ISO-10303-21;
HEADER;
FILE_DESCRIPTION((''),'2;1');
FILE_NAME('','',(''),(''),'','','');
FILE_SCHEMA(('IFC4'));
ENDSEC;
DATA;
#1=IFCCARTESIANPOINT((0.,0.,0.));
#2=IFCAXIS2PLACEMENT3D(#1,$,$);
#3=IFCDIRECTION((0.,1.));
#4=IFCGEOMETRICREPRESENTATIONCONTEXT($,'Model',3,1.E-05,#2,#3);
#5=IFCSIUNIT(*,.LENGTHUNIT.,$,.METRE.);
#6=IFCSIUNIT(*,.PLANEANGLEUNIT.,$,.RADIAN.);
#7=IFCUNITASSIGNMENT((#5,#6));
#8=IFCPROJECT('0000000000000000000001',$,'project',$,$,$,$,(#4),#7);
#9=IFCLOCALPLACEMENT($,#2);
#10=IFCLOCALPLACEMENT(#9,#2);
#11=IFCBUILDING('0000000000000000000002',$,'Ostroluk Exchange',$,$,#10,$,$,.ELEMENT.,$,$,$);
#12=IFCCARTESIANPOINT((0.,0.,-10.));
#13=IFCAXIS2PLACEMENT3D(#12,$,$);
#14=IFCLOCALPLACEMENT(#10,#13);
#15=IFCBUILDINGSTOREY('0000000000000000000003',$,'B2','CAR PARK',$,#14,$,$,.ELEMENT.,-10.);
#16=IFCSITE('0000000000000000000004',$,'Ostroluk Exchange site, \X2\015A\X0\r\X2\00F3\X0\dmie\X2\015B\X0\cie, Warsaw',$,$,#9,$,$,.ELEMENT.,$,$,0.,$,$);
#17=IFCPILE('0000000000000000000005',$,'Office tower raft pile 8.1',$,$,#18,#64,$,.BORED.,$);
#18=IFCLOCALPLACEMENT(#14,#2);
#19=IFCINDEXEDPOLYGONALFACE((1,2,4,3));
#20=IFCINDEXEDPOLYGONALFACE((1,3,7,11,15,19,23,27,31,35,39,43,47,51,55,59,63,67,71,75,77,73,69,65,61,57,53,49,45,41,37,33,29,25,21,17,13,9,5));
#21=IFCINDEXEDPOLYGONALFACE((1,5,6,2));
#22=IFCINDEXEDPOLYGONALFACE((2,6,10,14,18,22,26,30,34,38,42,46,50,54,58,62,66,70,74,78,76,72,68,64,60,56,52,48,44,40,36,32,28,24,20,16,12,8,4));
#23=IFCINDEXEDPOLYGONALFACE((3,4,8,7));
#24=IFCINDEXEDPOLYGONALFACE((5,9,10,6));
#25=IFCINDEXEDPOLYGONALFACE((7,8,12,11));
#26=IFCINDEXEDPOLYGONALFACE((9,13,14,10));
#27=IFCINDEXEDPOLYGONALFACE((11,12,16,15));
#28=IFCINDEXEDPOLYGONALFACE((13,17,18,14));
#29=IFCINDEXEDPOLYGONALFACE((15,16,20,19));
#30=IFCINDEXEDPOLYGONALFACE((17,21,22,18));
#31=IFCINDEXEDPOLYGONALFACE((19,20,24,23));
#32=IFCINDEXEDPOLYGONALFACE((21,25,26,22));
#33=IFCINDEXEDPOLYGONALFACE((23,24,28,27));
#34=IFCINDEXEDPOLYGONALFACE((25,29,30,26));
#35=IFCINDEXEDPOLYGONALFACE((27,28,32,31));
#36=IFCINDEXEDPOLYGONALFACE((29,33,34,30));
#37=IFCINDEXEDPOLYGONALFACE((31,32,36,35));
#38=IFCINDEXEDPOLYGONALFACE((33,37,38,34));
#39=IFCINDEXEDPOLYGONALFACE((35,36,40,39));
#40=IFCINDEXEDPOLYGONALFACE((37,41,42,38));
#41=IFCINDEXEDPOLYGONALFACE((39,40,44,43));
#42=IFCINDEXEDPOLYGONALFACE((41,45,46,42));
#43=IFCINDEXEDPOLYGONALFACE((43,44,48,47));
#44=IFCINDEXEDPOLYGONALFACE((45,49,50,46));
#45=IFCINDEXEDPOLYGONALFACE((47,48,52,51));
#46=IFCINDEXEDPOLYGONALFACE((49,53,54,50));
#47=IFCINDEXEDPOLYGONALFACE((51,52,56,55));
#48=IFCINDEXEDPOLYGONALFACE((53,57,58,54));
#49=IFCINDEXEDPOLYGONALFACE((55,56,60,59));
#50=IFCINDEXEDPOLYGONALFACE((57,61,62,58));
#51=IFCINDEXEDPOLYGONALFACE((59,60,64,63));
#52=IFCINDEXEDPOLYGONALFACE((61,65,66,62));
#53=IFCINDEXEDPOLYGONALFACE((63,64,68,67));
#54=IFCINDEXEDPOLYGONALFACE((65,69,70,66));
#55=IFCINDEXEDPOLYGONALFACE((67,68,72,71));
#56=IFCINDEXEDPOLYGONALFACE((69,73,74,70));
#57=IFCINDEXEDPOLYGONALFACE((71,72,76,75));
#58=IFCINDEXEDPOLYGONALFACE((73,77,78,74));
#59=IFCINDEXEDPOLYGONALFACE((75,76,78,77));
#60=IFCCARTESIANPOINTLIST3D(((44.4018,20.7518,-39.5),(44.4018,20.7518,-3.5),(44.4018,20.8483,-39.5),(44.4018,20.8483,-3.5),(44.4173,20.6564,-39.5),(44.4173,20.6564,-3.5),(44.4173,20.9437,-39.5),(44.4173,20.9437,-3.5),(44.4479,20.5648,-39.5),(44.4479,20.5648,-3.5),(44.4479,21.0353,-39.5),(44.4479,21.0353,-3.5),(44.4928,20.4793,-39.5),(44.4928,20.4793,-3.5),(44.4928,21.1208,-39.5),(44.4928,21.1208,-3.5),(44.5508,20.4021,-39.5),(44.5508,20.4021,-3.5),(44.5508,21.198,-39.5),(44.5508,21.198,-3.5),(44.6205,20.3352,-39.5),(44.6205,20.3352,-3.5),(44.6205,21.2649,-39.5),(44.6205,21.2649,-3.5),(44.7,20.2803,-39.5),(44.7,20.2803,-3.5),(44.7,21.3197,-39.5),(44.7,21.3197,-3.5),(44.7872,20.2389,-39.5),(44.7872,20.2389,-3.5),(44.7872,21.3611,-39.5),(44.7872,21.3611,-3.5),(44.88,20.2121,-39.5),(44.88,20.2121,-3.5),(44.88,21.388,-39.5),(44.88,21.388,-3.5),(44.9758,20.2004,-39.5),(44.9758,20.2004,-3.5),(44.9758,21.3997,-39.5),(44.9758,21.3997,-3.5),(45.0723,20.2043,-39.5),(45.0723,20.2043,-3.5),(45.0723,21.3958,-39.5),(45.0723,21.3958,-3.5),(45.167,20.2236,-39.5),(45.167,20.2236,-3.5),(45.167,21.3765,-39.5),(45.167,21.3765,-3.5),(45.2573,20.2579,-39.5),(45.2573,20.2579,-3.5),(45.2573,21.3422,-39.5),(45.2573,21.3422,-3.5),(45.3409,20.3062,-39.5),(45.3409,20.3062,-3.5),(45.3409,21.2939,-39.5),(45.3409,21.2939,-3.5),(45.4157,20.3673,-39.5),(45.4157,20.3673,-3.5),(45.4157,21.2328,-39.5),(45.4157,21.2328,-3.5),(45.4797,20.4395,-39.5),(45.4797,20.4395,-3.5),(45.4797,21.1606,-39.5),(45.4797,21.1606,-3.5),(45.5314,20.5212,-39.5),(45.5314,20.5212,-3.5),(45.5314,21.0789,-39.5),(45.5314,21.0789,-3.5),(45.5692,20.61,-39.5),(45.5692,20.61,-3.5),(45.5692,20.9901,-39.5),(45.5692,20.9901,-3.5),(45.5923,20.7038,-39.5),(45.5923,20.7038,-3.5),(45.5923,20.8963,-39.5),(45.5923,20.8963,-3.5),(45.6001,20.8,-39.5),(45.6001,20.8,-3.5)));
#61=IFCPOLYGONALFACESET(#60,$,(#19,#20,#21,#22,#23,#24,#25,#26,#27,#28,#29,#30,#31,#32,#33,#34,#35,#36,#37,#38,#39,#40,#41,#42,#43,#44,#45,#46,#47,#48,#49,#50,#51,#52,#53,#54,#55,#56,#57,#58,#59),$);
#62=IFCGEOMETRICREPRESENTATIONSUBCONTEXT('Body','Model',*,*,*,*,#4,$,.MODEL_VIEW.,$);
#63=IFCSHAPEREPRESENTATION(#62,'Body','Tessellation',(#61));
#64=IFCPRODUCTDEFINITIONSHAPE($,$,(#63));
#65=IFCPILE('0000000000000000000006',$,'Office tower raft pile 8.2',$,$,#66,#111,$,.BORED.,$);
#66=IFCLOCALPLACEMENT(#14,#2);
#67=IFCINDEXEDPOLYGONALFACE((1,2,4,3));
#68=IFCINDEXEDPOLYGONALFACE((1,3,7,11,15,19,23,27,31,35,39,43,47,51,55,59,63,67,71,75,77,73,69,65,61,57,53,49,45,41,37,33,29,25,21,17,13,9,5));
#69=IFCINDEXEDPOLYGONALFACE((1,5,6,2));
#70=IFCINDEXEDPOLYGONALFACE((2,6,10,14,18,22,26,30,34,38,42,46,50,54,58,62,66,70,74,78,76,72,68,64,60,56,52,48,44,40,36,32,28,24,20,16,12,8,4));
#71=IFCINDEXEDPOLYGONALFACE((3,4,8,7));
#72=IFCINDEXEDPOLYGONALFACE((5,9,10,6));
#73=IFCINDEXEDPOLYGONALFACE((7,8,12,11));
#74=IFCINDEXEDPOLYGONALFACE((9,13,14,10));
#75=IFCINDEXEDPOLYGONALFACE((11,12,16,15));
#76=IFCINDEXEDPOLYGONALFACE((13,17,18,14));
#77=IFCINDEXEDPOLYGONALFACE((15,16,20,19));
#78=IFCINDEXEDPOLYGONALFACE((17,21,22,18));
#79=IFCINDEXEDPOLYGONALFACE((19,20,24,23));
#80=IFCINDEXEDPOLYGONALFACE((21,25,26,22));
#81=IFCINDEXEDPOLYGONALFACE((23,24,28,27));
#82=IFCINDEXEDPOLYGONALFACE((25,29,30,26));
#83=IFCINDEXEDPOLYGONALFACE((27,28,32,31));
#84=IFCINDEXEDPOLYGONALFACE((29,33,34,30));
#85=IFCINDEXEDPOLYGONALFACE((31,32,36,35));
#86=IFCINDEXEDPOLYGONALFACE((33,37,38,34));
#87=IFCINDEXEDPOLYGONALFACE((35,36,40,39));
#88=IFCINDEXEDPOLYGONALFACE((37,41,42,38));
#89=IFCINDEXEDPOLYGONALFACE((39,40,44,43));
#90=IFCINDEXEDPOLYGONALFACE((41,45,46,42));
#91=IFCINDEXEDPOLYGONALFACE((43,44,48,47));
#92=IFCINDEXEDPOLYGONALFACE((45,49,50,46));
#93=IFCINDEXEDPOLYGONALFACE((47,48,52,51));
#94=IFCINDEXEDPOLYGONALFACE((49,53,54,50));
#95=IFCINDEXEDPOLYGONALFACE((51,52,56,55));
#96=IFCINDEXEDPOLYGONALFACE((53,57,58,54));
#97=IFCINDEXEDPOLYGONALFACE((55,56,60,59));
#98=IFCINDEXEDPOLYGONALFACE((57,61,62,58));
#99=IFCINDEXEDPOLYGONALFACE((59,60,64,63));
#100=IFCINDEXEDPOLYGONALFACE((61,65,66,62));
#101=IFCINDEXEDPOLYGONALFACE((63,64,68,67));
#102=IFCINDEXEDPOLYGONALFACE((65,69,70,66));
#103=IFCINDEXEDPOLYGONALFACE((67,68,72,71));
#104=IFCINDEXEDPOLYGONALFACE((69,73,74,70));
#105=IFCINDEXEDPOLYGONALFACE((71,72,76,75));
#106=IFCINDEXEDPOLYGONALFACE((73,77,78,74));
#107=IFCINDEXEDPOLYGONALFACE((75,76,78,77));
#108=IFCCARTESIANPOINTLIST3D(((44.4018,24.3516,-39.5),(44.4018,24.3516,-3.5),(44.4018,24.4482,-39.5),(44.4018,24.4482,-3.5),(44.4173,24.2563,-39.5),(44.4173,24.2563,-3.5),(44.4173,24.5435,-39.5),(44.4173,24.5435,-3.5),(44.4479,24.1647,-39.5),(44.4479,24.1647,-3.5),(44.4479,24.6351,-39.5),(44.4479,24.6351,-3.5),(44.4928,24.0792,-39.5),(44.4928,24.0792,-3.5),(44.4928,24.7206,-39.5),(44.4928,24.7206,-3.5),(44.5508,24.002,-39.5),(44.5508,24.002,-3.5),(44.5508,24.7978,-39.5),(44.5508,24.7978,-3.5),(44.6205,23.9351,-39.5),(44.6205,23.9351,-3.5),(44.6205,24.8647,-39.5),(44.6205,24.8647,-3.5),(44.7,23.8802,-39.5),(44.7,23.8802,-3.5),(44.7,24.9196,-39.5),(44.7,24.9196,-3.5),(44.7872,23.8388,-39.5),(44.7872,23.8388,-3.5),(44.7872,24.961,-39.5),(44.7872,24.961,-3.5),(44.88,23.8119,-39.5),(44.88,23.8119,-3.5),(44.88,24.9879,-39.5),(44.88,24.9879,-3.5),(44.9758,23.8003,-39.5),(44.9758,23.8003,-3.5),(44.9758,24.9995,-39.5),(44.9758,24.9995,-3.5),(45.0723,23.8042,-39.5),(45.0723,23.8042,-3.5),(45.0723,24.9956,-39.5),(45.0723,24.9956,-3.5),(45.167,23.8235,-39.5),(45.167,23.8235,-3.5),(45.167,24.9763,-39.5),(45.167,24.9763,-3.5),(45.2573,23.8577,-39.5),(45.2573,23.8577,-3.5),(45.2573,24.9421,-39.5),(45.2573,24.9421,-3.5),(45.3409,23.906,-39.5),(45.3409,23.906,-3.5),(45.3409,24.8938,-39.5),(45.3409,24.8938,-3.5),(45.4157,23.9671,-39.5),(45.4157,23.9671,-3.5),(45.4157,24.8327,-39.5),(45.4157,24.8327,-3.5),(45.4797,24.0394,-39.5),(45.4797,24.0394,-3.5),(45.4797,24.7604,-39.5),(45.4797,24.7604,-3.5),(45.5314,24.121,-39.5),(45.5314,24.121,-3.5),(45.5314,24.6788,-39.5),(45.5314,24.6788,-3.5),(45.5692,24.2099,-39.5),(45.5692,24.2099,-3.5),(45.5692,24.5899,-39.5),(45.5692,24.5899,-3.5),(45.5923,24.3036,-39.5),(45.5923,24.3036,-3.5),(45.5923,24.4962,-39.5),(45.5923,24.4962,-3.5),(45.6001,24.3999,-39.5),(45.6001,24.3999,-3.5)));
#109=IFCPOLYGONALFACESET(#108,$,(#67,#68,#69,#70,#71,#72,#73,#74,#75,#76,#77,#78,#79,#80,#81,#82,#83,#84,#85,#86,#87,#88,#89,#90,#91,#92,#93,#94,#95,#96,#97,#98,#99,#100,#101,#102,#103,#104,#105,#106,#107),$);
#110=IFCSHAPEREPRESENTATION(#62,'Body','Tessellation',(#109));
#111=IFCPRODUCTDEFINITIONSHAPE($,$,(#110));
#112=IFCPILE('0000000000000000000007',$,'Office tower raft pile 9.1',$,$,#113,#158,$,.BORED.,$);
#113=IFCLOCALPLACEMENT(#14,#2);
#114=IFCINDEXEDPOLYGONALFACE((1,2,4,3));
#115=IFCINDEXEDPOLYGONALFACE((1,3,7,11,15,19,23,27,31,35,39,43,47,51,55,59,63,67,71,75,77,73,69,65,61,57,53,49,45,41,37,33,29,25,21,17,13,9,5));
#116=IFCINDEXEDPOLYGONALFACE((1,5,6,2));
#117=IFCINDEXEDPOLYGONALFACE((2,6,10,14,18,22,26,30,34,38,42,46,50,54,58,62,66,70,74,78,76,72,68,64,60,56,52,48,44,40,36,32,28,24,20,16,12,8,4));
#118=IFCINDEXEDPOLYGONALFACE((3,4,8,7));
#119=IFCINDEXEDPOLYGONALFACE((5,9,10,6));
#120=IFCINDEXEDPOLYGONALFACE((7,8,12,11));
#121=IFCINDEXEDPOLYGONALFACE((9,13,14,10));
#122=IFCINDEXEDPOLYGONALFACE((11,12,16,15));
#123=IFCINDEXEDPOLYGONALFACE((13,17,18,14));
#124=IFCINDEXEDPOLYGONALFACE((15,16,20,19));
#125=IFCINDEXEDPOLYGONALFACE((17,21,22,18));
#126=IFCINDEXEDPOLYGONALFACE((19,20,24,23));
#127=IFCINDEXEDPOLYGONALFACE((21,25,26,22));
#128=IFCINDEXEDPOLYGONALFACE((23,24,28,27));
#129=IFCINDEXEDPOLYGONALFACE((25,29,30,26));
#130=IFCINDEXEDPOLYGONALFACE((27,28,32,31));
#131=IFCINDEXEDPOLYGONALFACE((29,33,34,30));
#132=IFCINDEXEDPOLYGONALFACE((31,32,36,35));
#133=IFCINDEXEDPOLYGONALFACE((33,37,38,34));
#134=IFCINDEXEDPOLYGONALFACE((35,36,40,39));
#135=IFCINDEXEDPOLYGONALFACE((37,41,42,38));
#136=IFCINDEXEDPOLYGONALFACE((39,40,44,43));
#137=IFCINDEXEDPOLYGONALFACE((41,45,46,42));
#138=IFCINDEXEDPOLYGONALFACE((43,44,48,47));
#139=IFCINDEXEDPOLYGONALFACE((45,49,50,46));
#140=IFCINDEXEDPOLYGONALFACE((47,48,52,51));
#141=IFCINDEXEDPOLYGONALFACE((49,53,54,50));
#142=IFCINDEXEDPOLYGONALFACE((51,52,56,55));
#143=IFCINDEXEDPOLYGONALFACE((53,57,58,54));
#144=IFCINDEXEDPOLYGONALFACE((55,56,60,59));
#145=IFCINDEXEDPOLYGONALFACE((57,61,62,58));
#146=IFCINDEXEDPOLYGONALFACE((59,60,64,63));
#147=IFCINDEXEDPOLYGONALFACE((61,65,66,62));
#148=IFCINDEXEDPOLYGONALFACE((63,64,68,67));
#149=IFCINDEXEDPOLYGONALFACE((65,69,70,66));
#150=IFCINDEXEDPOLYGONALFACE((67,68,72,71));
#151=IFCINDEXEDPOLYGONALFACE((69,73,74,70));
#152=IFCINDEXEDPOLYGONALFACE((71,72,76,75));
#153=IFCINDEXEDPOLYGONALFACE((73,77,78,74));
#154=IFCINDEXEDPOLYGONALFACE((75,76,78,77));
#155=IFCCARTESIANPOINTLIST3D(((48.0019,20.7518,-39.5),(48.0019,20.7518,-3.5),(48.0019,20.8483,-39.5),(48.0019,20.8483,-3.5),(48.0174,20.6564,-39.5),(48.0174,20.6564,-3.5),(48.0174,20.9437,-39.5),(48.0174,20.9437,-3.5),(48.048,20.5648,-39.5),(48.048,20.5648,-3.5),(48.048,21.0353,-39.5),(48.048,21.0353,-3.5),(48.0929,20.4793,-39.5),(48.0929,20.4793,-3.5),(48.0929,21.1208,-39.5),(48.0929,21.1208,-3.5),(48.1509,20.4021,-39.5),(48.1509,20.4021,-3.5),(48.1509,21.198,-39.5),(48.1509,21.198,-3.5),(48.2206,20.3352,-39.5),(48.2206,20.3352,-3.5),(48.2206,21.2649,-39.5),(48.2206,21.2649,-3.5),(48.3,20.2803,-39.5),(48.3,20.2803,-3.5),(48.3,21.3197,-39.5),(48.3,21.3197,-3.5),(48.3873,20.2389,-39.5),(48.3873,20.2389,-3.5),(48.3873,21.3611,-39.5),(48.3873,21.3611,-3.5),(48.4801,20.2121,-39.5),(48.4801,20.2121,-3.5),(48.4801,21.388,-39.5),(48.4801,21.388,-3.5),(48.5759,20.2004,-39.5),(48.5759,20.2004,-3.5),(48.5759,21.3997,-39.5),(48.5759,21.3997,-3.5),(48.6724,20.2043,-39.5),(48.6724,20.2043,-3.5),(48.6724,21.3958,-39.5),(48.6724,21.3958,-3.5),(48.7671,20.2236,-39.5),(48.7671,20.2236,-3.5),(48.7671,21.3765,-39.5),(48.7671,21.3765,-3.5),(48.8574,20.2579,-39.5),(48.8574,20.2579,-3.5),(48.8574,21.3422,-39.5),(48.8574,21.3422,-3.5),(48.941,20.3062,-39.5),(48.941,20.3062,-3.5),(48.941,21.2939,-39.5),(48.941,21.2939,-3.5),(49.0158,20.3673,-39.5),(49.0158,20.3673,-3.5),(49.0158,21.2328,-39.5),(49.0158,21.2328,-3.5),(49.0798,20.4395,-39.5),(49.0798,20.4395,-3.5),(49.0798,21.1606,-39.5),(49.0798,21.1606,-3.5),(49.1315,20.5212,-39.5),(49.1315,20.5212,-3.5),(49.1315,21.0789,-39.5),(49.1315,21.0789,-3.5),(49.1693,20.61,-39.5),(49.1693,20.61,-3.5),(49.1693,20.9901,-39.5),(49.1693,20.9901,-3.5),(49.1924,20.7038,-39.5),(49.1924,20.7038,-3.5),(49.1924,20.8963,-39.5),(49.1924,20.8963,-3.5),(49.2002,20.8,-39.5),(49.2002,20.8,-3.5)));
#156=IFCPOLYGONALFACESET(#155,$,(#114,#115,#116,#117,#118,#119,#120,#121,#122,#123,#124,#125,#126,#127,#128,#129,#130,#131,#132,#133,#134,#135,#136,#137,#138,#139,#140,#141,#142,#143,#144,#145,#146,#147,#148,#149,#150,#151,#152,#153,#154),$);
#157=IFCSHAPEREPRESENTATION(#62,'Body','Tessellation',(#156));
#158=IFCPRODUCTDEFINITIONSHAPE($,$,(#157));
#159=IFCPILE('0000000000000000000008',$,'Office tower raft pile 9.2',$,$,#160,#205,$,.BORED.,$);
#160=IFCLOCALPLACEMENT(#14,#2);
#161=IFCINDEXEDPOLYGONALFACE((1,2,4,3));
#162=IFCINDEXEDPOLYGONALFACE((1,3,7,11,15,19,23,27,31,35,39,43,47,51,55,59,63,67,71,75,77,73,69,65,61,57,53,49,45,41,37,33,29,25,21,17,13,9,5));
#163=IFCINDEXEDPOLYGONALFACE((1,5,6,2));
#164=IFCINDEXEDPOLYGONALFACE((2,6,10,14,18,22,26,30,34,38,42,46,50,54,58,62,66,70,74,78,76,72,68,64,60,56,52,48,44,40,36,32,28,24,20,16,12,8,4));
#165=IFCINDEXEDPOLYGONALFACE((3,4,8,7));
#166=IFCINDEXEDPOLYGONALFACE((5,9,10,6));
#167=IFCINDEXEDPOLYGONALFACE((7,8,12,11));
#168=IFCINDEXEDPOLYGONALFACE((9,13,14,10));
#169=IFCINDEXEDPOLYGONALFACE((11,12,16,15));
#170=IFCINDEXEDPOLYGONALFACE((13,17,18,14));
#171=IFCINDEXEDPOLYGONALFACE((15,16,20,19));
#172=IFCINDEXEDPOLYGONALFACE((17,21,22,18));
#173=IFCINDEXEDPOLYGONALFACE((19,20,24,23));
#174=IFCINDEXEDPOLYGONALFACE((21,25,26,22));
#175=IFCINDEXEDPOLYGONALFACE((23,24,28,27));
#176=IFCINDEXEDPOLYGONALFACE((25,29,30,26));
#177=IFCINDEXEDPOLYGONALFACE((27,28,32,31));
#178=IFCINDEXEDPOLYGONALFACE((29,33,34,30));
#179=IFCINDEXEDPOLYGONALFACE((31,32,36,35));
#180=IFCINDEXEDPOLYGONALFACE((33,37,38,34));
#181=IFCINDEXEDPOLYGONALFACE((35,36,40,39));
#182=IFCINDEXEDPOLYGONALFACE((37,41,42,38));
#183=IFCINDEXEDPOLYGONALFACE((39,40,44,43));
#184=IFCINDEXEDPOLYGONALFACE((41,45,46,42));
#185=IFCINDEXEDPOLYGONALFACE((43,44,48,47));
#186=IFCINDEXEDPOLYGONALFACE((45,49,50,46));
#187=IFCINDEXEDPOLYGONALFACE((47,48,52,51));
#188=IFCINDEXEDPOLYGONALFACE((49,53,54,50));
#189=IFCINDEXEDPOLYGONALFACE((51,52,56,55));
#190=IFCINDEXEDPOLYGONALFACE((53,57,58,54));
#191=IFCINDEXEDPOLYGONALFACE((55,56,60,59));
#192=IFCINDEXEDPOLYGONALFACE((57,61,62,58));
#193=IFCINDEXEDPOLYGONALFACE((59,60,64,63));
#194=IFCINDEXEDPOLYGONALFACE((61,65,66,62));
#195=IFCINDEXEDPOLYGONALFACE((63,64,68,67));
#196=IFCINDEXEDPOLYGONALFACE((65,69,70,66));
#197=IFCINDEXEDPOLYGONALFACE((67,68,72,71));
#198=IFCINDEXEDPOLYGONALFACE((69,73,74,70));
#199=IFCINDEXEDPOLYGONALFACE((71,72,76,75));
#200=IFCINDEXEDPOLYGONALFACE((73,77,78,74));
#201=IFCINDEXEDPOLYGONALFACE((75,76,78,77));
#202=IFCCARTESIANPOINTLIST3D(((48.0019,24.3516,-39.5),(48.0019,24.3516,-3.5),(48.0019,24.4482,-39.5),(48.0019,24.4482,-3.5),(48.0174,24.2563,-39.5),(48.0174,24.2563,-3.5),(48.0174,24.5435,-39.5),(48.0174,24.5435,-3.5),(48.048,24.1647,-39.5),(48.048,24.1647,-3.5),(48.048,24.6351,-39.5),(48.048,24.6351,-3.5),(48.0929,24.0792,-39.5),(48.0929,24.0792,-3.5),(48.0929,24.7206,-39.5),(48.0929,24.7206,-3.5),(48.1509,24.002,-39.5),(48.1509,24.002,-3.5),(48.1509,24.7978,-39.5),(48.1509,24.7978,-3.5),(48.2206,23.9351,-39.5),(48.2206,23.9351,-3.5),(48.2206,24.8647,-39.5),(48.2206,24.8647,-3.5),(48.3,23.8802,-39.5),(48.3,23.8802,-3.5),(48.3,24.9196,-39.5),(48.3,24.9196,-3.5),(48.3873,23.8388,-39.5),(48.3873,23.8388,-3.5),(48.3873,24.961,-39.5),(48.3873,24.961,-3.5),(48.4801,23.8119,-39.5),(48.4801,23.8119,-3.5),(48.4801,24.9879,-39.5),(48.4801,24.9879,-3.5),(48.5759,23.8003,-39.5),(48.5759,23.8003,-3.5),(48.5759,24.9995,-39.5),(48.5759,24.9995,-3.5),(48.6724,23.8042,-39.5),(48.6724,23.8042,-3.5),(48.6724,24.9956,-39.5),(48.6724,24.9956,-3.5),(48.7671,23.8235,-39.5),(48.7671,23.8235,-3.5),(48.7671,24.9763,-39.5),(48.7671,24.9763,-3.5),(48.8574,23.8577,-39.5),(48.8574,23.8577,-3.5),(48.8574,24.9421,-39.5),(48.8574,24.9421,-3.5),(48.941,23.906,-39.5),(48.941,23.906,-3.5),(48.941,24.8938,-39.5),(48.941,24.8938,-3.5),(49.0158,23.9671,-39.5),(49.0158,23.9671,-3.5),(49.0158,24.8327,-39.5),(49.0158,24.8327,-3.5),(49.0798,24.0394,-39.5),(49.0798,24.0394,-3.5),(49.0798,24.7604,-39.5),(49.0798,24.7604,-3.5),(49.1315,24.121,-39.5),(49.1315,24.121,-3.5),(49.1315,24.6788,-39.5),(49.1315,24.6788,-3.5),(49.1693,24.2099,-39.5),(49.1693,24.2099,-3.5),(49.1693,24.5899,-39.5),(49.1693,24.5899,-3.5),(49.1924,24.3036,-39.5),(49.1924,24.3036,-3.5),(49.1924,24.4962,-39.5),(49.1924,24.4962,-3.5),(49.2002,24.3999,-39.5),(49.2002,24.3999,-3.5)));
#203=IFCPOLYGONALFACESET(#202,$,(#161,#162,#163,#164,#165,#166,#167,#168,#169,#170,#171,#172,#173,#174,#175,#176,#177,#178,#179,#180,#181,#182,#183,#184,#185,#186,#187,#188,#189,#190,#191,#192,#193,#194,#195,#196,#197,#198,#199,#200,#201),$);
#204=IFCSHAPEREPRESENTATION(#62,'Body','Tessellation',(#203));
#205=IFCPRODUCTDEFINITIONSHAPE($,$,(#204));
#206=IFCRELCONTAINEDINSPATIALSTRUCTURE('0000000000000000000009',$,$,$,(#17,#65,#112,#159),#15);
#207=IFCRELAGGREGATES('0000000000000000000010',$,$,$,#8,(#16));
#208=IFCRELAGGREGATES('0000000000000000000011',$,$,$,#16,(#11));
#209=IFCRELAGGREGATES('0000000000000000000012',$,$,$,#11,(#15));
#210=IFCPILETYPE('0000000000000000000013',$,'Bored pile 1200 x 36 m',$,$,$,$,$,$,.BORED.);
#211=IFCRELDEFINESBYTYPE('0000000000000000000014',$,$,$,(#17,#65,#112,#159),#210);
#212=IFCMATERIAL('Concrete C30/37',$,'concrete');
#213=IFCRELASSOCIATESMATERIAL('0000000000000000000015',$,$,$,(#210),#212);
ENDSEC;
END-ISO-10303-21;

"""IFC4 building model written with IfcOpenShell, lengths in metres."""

from ifc_helpers import new_model, si_unit, direction, frame, origin, origin_2d, place, context, subcontext, project, spatial, circle, extrude, material, type_object, element, save


model = new_model("IFC4")

# Units and contexts
model_context = context("Model", 3, precision=1e-05, world=origin(), true_north=direction((0.0, 1.0)))
body_context = subcontext(model_context, "Body", "Model", "MODEL_VIEW")
ifc_project = project(units=[si_unit("LENGTHUNIT", "METRE"), si_unit("PLANEANGLEUNIT", "RADIAN")], contexts=[model_context])

# Site, building, storey
site_placement = place(None, origin())
site = spatial("IfcSite", under=ifc_project, at=site_placement, Name="Ostroluk Exchange site, Śródmieście, Warsaw", CompositionType="ELEMENT", RefElevation=0.0)
building_placement = place(site_placement, origin())
building = spatial("IfcBuilding", under=site, at=building_placement, Name="Ostroluk Exchange", CompositionType="ELEMENT")
storey_placement = place(building_placement, frame((0.0, 0.0, -10.0)))
storey = spatial("IfcBuildingStorey", under=building, at=storey_placement, Name="B2", Description="CAR PARK", CompositionType="ELEMENT", Elevation=-10.0)

# Piles
ifc_material_1 = material(Name="Concrete C30/37", Category="concrete")
pile_type_1 = type_object("IfcPileType", Name="Bored pile 1200 x 36 m", PredefinedType="BORED", material=ifc_material_1)
for number, where, z_axis, x_axis, name in (
    (1, (45.0, 20.8, -3.5), (0.0, 0.0, -1.0), (1.0, 0.0, 0.0), "Office tower raft pile 8.1"),
    (2, (45.0, 24.3999, -3.5), (0.0, 0.0, -1.0), (1.0, 0.0, 0.0), "Office tower raft pile 8.2"),
    (3, (48.6001, 20.8, -3.5), (0.0, 0.0, -1.0), (1.0, 0.0, 0.0), "Office tower raft pile 9.1"),
    (4, (48.6001, 24.3999, -3.5), (0.0, 0.0, -1.0), (1.0, 0.0, 0.0), "Office tower raft pile 9.2"),
):
    element("IfcPile", number, at=place(storey_placement, frame(where, z_axis=z_axis, x_axis=x_axis)), inside=storey, type_object=pile_type_1, Name=name, PredefinedType="BORED", context=body_context, shape_type="SweptSolid", body=[
        extrude(circle(Radius=0.6001, at=origin_2d()), origin(), (0.0, 0.0, 1.0), 36.0),
    ])

save(model, "model.ifc")
